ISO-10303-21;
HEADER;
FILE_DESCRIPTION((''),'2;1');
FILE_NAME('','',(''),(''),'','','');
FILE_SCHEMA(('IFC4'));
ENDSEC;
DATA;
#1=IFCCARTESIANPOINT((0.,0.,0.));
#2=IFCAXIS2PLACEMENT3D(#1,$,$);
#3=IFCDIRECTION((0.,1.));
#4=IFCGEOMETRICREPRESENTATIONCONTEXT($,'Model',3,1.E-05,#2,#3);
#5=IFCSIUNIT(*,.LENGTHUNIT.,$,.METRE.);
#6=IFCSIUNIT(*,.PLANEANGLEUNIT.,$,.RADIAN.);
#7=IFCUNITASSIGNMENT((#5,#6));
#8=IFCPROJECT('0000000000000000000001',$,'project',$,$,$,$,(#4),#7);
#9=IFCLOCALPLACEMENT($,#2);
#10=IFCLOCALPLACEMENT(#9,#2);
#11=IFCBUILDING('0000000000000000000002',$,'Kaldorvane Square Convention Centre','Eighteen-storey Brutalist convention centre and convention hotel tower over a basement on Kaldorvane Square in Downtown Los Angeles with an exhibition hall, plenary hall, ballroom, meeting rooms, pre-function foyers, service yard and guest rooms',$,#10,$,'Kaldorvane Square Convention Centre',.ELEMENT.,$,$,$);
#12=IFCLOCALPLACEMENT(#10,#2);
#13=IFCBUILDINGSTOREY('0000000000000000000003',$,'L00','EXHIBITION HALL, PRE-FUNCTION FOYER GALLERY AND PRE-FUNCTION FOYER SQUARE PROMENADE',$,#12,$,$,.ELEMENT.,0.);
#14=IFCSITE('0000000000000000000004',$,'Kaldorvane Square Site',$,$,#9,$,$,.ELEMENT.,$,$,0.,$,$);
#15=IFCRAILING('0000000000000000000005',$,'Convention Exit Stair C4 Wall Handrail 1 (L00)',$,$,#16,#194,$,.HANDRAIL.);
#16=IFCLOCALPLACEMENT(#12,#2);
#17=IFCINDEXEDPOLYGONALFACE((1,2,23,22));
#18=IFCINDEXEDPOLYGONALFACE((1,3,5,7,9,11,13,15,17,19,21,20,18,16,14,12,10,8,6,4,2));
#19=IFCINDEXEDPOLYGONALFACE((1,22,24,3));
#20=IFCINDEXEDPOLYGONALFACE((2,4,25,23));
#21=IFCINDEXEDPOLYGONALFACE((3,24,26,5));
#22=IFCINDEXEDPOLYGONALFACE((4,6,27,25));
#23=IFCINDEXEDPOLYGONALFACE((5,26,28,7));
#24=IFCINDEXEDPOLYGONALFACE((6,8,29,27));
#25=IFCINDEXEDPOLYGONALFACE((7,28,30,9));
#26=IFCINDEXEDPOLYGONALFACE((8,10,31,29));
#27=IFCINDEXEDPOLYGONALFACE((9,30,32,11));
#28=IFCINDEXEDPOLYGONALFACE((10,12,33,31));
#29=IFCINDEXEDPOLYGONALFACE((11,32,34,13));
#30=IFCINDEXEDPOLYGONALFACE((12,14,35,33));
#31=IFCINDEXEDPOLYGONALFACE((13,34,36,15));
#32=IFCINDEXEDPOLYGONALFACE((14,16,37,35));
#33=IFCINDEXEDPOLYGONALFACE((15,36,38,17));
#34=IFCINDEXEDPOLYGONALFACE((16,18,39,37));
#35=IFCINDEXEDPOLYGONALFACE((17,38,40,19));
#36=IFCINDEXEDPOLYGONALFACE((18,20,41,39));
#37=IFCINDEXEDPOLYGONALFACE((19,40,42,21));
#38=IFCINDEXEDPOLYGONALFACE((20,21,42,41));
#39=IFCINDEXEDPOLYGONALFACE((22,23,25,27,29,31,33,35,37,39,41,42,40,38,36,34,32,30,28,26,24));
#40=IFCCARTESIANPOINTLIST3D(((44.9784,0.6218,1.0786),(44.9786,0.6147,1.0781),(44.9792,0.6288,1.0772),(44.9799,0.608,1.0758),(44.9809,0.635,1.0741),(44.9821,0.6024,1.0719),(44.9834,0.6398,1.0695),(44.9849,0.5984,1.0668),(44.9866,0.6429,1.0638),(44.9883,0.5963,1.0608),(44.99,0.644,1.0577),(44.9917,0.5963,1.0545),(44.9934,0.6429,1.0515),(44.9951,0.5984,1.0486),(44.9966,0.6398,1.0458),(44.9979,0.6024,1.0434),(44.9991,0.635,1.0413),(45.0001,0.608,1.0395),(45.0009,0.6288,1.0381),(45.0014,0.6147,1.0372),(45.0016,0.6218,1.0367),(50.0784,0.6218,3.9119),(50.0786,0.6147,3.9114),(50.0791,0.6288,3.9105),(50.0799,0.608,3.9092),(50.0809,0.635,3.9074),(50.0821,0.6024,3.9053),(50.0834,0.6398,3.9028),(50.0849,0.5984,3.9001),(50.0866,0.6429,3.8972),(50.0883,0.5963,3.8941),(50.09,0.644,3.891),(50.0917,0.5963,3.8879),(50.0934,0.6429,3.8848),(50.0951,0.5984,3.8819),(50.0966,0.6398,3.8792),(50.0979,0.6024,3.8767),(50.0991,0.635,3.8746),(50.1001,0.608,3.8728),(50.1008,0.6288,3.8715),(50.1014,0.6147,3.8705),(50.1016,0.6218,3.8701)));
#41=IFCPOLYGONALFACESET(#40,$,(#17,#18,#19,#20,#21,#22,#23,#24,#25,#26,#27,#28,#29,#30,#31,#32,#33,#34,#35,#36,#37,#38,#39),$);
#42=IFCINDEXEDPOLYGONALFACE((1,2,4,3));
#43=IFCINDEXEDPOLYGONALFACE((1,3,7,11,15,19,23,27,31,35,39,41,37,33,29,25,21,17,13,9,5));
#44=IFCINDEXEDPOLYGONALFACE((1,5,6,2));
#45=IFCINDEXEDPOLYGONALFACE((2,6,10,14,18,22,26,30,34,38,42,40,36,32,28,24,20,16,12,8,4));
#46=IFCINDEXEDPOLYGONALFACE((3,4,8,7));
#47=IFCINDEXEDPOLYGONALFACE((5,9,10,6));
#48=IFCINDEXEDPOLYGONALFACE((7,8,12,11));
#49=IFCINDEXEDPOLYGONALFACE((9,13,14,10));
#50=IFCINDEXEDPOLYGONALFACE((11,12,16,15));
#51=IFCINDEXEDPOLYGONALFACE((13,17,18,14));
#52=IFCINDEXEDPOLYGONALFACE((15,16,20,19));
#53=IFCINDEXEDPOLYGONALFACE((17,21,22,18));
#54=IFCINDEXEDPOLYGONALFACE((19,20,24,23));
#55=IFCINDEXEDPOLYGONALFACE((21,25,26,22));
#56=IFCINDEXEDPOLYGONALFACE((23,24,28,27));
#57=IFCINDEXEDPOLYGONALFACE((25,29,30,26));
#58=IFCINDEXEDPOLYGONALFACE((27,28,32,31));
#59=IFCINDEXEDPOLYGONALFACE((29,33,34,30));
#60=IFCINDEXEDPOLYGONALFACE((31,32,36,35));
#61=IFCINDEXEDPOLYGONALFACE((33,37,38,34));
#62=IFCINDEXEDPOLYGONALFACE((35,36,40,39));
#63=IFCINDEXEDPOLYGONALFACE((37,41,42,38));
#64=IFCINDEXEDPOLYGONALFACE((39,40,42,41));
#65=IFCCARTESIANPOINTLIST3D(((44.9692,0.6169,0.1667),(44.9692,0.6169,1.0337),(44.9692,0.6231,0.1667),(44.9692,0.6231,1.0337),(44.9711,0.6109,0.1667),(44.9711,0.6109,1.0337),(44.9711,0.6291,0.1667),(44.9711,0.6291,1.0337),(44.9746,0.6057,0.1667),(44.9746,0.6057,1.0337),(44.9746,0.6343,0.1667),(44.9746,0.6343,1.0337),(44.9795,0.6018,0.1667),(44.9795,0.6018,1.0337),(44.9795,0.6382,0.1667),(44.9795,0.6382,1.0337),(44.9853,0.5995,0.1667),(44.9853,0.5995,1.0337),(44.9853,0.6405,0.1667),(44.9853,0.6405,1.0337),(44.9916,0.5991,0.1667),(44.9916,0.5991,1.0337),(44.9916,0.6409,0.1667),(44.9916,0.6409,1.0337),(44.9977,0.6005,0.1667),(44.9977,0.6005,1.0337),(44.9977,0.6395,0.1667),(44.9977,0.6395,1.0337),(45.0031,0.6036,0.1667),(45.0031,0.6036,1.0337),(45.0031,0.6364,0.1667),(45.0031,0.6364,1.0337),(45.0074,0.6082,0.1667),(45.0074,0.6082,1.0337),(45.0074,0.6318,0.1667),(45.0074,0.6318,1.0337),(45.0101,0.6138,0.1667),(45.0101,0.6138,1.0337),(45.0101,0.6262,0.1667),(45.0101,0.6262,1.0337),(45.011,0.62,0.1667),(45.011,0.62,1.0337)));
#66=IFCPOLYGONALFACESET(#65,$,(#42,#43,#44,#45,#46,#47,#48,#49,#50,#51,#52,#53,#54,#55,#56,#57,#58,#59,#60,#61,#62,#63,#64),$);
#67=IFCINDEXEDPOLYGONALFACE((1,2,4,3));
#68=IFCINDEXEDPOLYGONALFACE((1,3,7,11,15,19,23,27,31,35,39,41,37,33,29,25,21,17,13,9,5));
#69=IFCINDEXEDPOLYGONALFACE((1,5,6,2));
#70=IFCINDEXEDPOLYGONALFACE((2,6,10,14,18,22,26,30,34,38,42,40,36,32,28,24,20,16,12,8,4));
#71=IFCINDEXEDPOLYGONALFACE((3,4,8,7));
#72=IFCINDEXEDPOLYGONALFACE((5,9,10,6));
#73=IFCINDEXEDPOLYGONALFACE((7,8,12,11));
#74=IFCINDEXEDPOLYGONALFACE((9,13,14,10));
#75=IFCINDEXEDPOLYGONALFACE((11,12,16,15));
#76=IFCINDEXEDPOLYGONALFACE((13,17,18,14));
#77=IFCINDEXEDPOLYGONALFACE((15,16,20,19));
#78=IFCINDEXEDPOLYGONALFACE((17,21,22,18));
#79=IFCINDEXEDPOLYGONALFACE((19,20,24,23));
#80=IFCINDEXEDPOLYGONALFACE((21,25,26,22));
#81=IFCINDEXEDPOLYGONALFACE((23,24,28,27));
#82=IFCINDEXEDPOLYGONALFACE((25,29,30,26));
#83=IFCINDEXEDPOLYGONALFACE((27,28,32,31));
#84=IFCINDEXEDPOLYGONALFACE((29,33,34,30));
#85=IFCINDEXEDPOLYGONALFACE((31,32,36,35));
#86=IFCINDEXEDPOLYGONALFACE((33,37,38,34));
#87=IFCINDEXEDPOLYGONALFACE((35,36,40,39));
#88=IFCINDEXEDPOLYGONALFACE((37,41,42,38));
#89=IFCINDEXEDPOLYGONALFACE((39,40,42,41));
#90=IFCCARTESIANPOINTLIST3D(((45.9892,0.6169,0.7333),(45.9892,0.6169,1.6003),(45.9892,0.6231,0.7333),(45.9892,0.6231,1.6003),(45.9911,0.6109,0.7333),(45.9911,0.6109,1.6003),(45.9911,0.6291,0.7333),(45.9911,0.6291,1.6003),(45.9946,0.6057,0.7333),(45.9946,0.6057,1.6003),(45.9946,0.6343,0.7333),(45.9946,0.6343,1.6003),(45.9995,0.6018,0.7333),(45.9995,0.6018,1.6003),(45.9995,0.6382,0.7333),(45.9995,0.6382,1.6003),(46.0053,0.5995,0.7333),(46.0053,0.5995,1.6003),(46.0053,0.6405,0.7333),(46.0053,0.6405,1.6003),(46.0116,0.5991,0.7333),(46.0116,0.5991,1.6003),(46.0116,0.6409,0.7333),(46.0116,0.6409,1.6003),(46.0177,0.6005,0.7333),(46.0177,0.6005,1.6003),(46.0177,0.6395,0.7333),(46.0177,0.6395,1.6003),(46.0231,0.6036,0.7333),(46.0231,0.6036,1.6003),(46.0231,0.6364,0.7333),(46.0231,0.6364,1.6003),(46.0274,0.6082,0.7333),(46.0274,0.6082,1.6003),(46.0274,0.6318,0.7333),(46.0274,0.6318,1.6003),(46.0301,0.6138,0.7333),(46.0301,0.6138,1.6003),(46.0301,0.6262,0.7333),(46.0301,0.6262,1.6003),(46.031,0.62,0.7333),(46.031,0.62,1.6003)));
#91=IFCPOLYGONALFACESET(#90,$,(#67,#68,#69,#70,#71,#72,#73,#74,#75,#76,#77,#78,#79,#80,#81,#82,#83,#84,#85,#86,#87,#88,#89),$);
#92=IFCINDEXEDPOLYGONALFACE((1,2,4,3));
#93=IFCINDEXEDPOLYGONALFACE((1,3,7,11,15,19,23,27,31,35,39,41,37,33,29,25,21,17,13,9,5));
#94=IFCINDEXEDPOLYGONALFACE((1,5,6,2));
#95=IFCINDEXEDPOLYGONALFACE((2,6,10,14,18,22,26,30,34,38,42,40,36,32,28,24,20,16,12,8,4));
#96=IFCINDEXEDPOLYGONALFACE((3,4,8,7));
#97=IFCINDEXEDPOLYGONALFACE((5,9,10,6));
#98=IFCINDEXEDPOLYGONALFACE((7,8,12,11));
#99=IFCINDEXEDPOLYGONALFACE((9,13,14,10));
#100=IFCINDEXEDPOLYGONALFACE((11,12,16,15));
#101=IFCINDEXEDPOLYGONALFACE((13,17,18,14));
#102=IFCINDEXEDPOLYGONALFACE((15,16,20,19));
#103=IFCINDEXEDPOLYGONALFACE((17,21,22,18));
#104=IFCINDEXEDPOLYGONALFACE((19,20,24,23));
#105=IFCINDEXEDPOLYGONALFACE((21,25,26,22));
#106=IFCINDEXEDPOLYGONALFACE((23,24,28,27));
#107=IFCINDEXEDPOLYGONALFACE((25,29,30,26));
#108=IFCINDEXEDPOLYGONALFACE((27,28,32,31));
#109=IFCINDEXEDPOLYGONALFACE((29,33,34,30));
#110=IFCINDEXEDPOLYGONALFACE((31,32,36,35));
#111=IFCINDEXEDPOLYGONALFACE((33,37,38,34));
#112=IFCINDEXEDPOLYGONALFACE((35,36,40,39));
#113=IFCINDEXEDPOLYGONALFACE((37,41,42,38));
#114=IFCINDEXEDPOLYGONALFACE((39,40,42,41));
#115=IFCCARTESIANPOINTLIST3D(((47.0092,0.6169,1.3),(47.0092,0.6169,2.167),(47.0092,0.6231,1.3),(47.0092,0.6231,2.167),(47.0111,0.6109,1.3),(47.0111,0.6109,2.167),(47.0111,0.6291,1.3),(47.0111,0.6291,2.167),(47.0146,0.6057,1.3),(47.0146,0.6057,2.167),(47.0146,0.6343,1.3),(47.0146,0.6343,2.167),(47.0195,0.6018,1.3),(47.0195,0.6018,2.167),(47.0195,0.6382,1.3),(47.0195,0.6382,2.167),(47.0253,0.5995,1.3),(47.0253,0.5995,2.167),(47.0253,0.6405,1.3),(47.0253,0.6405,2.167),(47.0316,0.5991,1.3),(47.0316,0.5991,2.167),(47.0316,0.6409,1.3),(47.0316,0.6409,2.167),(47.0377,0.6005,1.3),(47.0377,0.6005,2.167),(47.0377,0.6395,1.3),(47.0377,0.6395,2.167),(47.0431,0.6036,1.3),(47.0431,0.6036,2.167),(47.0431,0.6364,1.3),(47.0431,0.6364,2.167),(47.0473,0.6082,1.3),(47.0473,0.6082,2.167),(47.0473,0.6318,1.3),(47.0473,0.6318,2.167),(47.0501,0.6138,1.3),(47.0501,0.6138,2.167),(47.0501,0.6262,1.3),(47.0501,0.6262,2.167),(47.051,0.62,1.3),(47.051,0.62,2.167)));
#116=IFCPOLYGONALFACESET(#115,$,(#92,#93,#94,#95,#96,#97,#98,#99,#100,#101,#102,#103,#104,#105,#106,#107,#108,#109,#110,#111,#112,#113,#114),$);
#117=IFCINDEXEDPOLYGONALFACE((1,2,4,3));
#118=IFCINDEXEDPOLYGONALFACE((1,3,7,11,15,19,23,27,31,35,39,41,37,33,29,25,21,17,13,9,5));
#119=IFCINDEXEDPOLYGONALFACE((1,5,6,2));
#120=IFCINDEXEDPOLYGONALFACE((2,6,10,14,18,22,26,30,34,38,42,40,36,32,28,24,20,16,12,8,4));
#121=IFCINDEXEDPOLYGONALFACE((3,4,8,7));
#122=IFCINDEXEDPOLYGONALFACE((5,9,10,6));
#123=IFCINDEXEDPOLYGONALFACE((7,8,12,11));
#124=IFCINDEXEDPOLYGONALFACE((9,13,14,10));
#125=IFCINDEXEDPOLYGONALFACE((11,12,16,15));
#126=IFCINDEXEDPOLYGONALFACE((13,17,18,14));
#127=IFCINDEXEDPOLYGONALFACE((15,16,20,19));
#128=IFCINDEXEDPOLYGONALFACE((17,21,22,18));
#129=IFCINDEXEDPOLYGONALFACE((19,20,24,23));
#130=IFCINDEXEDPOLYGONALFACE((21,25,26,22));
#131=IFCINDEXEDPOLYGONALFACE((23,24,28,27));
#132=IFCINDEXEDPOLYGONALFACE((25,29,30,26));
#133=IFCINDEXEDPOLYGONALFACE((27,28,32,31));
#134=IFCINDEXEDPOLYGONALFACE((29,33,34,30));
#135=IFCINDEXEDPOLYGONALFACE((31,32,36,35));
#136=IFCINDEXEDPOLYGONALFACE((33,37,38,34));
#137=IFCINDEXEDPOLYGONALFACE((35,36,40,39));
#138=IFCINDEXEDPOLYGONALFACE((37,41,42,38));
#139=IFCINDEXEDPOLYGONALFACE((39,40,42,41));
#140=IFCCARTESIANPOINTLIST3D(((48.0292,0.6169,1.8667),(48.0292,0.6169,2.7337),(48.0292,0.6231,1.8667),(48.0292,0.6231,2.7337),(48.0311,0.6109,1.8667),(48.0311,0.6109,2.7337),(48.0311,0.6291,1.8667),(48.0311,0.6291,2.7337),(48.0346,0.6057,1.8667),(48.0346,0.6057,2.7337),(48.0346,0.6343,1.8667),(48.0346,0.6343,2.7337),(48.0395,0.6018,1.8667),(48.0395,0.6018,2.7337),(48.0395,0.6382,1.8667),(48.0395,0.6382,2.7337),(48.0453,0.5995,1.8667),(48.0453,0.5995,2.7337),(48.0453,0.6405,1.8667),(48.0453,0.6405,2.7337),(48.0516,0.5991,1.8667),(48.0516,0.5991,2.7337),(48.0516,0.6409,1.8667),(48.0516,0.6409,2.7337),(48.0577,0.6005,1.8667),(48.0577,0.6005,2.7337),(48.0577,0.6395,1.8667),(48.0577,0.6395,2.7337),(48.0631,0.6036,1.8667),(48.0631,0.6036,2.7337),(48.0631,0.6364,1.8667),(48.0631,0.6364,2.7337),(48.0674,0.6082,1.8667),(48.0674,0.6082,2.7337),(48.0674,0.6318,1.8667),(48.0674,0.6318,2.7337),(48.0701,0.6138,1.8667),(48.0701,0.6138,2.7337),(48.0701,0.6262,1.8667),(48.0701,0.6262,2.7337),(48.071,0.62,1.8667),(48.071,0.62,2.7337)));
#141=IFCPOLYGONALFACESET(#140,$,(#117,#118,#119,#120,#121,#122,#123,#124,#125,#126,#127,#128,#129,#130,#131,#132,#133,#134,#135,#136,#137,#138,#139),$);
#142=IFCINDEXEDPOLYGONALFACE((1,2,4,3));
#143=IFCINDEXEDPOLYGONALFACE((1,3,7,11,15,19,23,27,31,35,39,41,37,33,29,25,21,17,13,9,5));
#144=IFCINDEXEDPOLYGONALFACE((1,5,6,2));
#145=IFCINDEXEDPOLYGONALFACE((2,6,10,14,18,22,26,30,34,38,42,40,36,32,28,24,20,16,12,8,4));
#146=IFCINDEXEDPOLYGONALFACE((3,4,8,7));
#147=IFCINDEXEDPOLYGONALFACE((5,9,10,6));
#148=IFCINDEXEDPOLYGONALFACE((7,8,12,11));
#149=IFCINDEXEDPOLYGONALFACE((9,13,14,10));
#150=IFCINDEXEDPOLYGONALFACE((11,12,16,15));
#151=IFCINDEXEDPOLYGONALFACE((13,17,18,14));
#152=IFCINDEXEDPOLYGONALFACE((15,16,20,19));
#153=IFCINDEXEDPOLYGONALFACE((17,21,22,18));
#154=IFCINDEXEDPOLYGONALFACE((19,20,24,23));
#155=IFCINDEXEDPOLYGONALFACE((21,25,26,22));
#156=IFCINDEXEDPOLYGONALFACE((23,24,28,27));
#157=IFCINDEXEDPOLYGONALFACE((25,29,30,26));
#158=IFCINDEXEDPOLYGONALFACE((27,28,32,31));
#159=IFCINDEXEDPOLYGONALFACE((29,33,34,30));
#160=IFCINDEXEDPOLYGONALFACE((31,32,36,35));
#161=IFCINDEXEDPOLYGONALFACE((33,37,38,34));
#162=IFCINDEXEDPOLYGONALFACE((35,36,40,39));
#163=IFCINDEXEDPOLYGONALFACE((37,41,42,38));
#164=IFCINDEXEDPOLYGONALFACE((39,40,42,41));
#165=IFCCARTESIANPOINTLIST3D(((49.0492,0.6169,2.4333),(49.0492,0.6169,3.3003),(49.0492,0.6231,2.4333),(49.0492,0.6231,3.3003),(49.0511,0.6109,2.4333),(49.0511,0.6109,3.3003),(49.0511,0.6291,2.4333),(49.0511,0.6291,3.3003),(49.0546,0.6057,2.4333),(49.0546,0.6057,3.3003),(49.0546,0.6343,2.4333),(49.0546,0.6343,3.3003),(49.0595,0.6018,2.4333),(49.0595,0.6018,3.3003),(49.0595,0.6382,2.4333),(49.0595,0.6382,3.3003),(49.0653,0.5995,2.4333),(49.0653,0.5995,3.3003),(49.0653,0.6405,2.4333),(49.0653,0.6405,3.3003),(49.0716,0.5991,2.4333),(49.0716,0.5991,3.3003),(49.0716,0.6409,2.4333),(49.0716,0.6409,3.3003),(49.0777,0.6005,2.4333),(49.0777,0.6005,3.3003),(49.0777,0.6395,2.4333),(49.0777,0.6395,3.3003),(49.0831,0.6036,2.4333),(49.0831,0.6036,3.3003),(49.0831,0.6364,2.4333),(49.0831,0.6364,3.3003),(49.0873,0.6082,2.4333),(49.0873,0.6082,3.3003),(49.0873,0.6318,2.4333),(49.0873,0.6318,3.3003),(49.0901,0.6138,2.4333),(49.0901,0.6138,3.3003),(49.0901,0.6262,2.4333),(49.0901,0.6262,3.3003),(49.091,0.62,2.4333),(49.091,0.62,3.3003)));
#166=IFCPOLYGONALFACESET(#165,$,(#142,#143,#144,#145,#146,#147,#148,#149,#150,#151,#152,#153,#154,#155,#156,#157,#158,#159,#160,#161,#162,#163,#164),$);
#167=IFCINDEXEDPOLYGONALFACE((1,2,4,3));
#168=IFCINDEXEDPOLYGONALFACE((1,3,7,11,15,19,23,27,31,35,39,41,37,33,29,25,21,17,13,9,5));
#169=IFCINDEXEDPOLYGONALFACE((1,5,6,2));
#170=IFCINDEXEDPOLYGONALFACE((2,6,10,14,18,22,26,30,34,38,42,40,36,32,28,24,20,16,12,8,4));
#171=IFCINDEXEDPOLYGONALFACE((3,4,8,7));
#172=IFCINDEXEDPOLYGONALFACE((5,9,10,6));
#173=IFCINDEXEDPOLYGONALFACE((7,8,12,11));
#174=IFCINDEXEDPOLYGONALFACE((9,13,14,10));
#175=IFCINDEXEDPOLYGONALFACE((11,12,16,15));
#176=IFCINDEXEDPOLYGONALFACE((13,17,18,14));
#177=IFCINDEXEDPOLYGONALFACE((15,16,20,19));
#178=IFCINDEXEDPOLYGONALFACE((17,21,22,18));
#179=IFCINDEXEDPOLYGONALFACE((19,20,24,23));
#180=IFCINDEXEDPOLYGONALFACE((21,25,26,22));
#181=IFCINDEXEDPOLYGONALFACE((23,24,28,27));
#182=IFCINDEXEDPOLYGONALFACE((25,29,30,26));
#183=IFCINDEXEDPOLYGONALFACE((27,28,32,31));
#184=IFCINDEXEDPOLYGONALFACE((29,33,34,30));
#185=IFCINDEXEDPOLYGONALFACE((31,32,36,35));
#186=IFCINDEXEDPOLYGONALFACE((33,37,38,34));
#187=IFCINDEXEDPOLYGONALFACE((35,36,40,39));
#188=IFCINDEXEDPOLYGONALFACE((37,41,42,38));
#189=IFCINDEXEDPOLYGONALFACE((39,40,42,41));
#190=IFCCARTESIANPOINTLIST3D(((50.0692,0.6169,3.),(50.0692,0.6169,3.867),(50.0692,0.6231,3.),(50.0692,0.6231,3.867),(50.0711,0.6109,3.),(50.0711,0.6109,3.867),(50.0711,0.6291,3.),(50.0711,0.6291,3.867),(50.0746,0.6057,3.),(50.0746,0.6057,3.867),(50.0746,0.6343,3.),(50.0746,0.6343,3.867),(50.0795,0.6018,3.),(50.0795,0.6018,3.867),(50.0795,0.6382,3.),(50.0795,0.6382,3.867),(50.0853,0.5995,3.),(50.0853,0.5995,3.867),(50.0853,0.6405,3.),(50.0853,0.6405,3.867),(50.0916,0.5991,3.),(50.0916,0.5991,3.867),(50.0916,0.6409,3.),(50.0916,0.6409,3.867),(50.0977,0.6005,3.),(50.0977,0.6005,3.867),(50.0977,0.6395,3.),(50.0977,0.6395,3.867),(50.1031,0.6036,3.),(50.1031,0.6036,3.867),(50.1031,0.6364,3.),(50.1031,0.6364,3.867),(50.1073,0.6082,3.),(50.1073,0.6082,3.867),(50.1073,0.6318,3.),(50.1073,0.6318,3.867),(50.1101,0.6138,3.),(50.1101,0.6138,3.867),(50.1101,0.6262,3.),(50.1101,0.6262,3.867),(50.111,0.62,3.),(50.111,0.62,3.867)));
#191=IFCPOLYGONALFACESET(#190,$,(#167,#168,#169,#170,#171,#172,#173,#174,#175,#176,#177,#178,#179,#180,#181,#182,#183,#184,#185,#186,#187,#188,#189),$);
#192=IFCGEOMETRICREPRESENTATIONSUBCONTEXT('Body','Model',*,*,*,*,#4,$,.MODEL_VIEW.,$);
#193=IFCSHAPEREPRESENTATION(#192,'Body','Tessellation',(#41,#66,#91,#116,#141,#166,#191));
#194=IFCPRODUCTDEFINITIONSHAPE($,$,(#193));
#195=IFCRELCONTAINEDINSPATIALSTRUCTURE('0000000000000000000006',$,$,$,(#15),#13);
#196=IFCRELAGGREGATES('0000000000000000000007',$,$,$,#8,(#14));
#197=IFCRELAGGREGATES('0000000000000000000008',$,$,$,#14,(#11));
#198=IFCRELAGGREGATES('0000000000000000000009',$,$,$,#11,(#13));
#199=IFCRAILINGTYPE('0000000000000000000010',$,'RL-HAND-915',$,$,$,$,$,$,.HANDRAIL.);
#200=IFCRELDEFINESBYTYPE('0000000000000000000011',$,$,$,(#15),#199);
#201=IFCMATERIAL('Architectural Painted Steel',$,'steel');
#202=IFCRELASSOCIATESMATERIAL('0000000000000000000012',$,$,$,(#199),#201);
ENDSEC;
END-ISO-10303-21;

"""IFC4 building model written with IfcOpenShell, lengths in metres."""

from ifc_helpers import new_model, si_unit, direction, frame, origin, origin_2d, place, context, subcontext, project, spatial, circle, extrude, material, type_object, element, save


model = new_model("IFC4")

# Units and contexts
model_context = context("Model", 3, precision=1e-05, world=origin(), true_north=direction((0.0, 1.0)))
body_context = subcontext(model_context, "Body", "Model", "MODEL_VIEW")
ifc_project = project(units=[si_unit("LENGTHUNIT", "METRE"), si_unit("PLANEANGLEUNIT", "RADIAN")], contexts=[model_context])

# Site, building, storey
site_placement = place(None, origin())
site = spatial("IfcSite", under=ifc_project, at=site_placement, Name="Kaldorvane Square Site", CompositionType="ELEMENT", RefElevation=0.0)
building_placement = place(site_placement, origin())
building = spatial("IfcBuilding", under=site, at=building_placement, Name="Kaldorvane Square Convention Centre", Description="Eighteen-storey Brutalist convention centre and convention hotel tower over a basement on Kaldorvane Square in Downtown Los Angeles with an exhibition hall, plenary hall, ballroom, meeting rooms, pre-function foyers, service yard and guest rooms", LongName="Kaldorvane Square Convention Centre", CompositionType="ELEMENT")
storey_placement = place(building_placement, origin())
storey = spatial("IfcBuildingStorey", under=building, at=storey_placement, Name="L00", Description="EXHIBITION HALL, PRE-FUNCTION FOYER GALLERY AND PRE-FUNCTION FOYER SQUARE PROMENADE", CompositionType="ELEMENT", Elevation=0.0)

# Railing
ifc_material_1 = material(Name="Architectural Painted Steel", Category="steel")
railing_type_1 = type_object("IfcRailingType", Name="RL-HAND-915", PredefinedType="HANDRAIL", material=ifc_material_1)
for number, where, name in (
    (1, (44.99, 0.62, 0.1667), "Convention Exit Stair C4 Wall Handrail 1 (L00)"),
):
    element("IfcRailing", number, at=place(storey_placement, frame(where)), inside=storey, type_object=railing_type_1, Name=name, PredefinedType="HANDRAIL", context=body_context, shape_type="SweptSolid", body=[
        extrude(circle(Radius=0.024, at=origin_2d()), frame((0.0, 0.0, 0.891), z_axis=(0.874157, 0.0, 0.485643), x_axis=(0.0, 1.0, 0.0)), (0.0, 0.0, 1.0), 5.8342),
        extrude(circle(Radius=0.021, at=origin_2d()), origin(), (0.0, 0.0, 1.0), 0.867),
        extrude(circle(Radius=0.021, at=origin_2d()), frame((1.02, 0.0, 0.5667)), (0.0, 0.0, 1.0), 0.867),
        extrude(circle(Radius=0.021, at=origin_2d()), frame((2.04, 0.0, 1.1333)), (0.0, 0.0, 1.0), 0.867),
        extrude(circle(Radius=0.021, at=origin_2d()), frame((3.06, 0.0, 1.7)), (0.0, 0.0, 1.0), 0.867),
        extrude(circle(Radius=0.021, at=origin_2d()), frame((4.08, 0.0, 2.2667)), (0.0, 0.0, 1.0), 0.867),
        extrude(circle(Radius=0.021, at=origin_2d()), frame((5.1, 0.0, 2.8333)), (0.0, 0.0, 1.0), 0.867),
    ])

save(model, "model.ifc")
